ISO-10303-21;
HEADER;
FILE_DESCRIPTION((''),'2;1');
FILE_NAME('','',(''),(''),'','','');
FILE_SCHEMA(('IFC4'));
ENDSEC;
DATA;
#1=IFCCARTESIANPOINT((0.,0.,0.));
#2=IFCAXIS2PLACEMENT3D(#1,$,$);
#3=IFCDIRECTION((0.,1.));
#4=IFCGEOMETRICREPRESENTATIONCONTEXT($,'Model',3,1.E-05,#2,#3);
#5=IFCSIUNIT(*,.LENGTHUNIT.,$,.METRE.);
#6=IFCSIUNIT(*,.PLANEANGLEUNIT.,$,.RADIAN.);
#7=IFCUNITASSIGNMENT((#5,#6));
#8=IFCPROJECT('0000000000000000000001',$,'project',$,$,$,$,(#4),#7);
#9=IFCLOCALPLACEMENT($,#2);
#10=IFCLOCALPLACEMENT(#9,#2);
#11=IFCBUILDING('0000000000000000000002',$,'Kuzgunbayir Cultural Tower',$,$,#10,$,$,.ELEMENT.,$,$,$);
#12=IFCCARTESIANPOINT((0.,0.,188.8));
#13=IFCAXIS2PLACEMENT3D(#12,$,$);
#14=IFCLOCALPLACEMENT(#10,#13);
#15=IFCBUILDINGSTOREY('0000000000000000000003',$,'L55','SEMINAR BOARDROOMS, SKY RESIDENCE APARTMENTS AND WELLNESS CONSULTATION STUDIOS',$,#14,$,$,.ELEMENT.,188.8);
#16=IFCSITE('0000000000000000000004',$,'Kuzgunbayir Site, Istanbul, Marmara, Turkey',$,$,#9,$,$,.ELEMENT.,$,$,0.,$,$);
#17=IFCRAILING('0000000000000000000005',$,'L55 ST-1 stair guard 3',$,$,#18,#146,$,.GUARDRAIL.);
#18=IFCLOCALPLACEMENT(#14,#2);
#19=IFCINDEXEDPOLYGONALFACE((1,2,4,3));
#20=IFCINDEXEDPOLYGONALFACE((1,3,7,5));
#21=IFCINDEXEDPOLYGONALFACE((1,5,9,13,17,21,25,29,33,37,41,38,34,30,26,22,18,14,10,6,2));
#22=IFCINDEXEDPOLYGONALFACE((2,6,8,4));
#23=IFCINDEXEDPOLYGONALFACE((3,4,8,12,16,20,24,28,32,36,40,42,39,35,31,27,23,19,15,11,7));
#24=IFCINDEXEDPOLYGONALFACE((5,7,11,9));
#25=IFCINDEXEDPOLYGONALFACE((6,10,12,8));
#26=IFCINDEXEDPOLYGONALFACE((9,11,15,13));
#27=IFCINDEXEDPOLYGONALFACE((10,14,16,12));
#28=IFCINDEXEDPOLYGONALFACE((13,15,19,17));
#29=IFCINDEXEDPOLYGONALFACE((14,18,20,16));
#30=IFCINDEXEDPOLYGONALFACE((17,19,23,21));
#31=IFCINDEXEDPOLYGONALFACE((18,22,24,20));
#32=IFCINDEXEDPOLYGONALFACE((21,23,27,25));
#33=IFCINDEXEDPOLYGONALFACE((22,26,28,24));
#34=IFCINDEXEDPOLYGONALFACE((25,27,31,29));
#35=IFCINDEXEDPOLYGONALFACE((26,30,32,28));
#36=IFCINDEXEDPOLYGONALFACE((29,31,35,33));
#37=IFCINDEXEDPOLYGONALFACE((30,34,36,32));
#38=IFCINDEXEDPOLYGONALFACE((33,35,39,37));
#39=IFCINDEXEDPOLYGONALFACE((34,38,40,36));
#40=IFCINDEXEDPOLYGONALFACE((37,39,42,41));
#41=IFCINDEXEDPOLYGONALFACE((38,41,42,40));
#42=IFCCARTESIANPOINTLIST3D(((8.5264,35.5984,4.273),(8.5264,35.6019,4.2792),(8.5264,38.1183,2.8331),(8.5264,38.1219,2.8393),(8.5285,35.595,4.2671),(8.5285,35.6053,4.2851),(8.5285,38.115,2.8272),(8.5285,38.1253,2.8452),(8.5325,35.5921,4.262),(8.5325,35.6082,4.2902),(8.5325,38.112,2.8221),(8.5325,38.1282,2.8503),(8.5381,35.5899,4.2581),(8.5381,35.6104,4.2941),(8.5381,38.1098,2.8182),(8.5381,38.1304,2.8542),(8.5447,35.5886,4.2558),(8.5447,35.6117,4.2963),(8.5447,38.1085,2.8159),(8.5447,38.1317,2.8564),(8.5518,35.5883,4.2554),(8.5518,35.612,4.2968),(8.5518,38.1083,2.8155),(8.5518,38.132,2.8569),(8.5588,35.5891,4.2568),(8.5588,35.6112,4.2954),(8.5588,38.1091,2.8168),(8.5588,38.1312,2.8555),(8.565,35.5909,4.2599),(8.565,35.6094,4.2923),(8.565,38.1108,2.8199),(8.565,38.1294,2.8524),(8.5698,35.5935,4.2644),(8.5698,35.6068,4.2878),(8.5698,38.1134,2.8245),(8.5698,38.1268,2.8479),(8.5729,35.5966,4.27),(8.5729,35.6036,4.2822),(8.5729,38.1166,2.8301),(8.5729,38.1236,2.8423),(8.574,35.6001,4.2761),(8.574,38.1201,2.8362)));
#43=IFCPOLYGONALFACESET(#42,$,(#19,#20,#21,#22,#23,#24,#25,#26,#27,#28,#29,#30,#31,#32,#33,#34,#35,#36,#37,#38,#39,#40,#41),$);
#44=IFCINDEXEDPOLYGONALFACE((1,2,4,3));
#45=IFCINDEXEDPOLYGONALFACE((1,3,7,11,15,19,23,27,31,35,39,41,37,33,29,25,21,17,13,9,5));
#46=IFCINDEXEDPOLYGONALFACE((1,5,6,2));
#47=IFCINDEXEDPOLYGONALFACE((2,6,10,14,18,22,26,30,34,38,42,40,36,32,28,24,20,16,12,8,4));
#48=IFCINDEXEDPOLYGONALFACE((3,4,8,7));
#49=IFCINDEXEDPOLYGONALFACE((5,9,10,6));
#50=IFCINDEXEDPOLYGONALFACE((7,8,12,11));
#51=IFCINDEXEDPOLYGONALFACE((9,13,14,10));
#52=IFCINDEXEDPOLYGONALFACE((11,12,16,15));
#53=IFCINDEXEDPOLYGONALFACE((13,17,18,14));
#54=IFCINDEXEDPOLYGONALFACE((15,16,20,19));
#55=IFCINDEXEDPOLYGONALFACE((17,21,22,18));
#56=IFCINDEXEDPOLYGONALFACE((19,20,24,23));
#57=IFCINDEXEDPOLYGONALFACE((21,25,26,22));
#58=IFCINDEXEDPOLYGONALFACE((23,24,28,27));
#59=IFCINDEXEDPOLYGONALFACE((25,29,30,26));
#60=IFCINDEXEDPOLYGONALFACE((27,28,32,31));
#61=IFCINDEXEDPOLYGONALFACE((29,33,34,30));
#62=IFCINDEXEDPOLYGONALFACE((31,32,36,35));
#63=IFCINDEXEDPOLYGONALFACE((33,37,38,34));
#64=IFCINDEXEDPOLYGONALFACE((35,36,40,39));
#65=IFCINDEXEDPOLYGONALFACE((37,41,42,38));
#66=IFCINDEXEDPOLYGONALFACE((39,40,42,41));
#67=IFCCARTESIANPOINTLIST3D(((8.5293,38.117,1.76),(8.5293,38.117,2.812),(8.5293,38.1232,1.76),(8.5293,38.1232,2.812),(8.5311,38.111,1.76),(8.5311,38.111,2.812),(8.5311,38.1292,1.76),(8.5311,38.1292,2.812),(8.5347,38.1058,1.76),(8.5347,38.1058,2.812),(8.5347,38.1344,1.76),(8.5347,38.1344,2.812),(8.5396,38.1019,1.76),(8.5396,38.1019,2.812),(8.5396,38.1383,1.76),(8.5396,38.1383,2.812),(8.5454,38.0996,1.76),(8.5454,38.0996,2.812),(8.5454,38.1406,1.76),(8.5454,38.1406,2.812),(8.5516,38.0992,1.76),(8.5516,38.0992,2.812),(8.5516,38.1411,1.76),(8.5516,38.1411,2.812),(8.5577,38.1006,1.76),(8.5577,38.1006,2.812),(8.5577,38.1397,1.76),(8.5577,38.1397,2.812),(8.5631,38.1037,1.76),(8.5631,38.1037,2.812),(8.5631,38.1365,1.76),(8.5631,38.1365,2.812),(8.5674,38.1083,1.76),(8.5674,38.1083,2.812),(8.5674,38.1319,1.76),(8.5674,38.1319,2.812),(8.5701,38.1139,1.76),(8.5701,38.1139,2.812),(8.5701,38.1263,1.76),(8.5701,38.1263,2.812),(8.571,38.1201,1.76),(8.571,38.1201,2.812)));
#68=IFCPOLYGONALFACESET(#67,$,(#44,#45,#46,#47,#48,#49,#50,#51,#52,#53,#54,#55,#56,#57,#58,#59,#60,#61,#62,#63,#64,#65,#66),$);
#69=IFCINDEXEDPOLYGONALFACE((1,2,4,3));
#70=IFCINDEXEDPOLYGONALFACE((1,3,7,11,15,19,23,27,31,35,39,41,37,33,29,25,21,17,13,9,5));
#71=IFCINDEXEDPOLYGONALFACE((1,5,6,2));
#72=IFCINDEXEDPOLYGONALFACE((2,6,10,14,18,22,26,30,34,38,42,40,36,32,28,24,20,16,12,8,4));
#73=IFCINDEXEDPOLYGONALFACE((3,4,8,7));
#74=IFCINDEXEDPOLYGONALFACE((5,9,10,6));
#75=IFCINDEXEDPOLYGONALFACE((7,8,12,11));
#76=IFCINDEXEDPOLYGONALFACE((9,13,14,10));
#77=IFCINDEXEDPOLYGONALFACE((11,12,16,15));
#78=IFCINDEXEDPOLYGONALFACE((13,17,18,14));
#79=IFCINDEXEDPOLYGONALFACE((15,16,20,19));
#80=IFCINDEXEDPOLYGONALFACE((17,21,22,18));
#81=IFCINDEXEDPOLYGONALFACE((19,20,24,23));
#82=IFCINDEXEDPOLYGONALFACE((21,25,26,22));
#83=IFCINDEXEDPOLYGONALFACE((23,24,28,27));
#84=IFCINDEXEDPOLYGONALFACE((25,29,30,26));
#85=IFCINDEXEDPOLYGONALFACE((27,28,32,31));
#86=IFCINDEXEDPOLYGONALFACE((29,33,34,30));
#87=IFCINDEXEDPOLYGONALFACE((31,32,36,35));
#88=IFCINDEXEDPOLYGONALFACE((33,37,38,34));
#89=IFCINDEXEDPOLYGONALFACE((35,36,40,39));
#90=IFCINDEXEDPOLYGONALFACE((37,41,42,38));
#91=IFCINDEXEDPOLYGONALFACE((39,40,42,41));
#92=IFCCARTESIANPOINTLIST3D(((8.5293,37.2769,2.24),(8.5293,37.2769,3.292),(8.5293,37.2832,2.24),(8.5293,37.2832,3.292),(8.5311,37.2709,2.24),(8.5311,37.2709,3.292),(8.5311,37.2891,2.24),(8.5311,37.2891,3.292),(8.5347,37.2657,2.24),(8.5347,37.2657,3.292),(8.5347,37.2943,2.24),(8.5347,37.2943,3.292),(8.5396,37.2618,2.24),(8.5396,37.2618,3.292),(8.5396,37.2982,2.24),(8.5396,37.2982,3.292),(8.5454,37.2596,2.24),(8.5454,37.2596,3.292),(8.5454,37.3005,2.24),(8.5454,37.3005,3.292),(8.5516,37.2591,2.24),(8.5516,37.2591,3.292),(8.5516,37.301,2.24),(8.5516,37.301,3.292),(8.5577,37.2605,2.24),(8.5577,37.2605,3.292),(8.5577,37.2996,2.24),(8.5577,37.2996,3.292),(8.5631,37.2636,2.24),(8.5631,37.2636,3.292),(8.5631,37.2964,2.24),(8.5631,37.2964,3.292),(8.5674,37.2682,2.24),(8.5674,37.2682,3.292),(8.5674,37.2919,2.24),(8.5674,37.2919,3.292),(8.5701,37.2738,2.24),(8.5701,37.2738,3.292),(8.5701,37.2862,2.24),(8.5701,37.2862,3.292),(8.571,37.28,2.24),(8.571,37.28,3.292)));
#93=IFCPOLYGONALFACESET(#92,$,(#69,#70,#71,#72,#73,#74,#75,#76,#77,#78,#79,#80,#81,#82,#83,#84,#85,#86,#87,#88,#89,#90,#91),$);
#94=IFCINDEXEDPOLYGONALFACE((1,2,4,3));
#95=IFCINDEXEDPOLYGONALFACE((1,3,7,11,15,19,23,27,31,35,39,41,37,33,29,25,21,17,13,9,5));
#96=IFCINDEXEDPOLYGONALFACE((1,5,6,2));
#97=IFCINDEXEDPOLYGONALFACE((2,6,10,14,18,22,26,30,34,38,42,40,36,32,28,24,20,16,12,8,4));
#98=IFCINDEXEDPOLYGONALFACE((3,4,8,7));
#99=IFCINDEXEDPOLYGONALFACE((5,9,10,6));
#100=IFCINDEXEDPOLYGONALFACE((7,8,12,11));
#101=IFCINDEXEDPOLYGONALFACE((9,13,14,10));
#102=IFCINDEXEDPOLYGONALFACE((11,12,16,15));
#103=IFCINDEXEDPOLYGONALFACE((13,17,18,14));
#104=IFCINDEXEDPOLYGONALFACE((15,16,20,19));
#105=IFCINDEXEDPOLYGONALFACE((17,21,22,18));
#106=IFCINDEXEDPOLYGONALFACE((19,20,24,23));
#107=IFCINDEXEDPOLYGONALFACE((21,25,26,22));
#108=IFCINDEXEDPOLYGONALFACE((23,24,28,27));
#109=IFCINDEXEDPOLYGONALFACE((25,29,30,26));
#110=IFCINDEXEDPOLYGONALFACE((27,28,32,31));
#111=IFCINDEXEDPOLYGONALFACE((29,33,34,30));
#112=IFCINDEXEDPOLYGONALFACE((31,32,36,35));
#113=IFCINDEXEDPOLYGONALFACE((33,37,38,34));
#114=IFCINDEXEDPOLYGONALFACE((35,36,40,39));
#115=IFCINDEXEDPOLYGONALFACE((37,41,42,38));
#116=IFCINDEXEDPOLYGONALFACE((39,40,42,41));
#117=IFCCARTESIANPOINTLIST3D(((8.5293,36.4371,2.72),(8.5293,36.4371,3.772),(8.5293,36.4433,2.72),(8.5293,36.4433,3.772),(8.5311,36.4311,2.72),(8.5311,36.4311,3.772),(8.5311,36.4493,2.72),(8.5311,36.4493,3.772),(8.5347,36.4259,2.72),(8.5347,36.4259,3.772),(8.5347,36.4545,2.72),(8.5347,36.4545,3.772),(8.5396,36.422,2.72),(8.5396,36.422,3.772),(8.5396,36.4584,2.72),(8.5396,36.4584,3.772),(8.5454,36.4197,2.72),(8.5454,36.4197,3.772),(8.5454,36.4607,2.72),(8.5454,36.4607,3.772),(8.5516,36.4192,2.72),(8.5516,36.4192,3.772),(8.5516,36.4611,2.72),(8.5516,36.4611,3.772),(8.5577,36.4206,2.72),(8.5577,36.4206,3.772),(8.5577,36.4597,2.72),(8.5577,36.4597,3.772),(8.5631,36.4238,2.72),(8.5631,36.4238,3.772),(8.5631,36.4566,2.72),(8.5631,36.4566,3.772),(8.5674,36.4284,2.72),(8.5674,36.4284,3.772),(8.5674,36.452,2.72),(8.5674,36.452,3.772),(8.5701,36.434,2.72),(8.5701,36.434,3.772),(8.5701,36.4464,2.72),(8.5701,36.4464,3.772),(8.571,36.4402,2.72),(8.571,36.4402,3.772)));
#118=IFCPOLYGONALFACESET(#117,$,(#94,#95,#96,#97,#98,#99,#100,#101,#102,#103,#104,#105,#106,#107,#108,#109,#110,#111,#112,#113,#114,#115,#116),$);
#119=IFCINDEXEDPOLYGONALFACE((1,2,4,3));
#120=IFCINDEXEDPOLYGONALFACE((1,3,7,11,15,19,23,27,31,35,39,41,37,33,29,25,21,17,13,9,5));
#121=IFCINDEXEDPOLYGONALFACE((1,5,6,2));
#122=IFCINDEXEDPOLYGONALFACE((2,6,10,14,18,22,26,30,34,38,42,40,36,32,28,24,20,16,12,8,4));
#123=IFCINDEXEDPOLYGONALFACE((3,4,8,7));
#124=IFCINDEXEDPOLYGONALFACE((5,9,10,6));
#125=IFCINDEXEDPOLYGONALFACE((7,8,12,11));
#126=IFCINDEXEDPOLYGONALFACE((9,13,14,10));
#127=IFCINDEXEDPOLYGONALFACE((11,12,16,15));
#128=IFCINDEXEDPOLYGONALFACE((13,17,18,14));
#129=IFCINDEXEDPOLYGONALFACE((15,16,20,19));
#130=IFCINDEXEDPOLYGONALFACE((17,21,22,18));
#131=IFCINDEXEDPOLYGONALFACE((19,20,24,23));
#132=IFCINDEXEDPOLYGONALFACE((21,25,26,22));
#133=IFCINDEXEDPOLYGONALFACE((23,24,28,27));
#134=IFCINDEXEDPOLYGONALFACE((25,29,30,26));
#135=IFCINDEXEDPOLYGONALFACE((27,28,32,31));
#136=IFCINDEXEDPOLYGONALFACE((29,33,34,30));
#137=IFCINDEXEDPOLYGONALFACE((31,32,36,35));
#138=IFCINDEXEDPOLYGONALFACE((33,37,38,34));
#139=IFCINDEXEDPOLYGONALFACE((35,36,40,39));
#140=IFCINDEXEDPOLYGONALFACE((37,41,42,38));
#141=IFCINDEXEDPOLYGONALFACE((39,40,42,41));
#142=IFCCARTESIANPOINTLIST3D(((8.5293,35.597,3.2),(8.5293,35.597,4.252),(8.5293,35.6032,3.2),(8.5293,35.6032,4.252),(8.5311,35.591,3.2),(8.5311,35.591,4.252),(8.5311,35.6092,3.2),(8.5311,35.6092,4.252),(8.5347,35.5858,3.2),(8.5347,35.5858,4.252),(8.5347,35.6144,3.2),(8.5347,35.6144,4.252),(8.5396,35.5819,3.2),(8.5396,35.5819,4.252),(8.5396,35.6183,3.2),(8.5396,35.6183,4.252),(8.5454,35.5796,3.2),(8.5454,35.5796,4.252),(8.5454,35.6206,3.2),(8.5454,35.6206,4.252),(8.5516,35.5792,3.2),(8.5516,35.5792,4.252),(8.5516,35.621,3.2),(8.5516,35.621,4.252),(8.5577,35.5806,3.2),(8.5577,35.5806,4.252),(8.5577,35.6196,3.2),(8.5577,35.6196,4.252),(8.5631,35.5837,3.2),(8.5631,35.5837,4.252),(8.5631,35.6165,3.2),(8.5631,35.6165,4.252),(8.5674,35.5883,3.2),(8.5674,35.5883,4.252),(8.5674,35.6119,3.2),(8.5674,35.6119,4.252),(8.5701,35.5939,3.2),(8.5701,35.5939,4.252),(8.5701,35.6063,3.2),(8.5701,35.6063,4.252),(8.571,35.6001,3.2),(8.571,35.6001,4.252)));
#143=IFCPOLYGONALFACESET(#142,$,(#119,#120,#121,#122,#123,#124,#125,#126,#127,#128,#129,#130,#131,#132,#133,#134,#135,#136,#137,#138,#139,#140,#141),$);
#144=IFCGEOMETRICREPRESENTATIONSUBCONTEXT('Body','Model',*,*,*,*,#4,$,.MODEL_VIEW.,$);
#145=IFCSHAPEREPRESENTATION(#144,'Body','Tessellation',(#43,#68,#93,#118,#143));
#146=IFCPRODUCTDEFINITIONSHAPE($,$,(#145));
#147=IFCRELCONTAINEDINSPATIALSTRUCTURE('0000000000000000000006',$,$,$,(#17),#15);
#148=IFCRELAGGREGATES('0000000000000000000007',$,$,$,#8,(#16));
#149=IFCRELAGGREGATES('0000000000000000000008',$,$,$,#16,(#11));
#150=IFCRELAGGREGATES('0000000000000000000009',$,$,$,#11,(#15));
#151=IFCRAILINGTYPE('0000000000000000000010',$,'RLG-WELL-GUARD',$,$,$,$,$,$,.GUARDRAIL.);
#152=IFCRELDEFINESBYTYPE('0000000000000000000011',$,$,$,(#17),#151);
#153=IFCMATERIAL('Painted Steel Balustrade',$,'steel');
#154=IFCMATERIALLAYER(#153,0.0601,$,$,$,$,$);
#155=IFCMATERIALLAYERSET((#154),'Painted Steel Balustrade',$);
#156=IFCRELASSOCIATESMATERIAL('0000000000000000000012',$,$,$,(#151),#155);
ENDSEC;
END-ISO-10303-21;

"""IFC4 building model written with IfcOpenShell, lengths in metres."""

from ifc_helpers import new_model, si_unit, direction, frame, origin, origin_2d, place, context, subcontext, project, spatial, circle, extrude, material, layer, layer_set, type_object, element, save


model = new_model("IFC4")

# Units and contexts
model_context = context("Model", 3, precision=1e-05, world=origin(), true_north=direction((0.0, 1.0)))
body_context = subcontext(model_context, "Body", "Model", "MODEL_VIEW")
ifc_project = project(units=[si_unit("LENGTHUNIT", "METRE"), si_unit("PLANEANGLEUNIT", "RADIAN")], contexts=[model_context])

# Site, building, storey
site_placement = place(None, origin())
site = spatial("IfcSite", under=ifc_project, at=site_placement, Name="Kuzgunbayir Site, Istanbul, Marmara, Turkey", CompositionType="ELEMENT", RefElevation=0.0)
building_placement = place(site_placement, origin())
building = spatial("IfcBuilding", under=site, at=building_placement, Name="Kuzgunbayir Cultural Tower", CompositionType="ELEMENT")
storey_placement = place(building_placement, frame((0.0, 0.0, 188.8)))
storey = spatial("IfcBuildingStorey", under=building, at=storey_placement, Name="L55", Description="SEMINAR BOARDROOMS, SKY RESIDENCE APARTMENTS AND WELLNESS CONSULTATION STUDIOS", CompositionType="ELEMENT", Elevation=188.8)

# Railing
ifc_material_1 = material(Name="Painted Steel Balustrade", Category="steel")
ifc_layer_1 = layer(ifc_material_1, 0.0601)
ifc_layer_set_1 = layer_set([ifc_layer_1], Name="Painted Steel Balustrade")
railing_type_1 = type_object("IfcRailingType", Name="RLG-WELL-GUARD", PredefinedType="GUARDRAIL", material=ifc_layer_set_1)
railing_1_placement = place(storey_placement, frame((8.55, 38.1201, 1.76)))
element("IfcRailing", 1, at=railing_1_placement, inside=storey, type_object=railing_type_1, Name="L55 ST-1 stair guard 3", PredefinedType="GUARDRAIL", context=body_context, shape_type="SweptSolid", body=[
    extrude(circle(Radius=0.0239, at=origin_2d()), frame((0.0, 0.0, 1.0762), z_axis=(0.0, -0.868253, 0.496121), x_axis=(1.0, 0.0, 0.0)), (0.0, 0.0, 1.0), 2.9023),
    extrude(circle(Radius=0.021, at=origin_2d()), origin(), (0.0, 0.0, 1.0), 1.052),
    extrude(circle(Radius=0.021, at=origin_2d()), frame((0.0, -0.8401, 0.48)), (0.0, 0.0, 1.0), 1.052),
    extrude(circle(Radius=0.021, at=origin_2d()), frame((0.0, -1.6799, 0.96)), (0.0, 0.0, 1.0), 1.052),
    extrude(circle(Radius=0.021, at=origin_2d()), frame((0.0, -2.52, 1.4399)), (0.0, 0.0, 1.0), 1.052),
])

save(model, "model.ifc")
